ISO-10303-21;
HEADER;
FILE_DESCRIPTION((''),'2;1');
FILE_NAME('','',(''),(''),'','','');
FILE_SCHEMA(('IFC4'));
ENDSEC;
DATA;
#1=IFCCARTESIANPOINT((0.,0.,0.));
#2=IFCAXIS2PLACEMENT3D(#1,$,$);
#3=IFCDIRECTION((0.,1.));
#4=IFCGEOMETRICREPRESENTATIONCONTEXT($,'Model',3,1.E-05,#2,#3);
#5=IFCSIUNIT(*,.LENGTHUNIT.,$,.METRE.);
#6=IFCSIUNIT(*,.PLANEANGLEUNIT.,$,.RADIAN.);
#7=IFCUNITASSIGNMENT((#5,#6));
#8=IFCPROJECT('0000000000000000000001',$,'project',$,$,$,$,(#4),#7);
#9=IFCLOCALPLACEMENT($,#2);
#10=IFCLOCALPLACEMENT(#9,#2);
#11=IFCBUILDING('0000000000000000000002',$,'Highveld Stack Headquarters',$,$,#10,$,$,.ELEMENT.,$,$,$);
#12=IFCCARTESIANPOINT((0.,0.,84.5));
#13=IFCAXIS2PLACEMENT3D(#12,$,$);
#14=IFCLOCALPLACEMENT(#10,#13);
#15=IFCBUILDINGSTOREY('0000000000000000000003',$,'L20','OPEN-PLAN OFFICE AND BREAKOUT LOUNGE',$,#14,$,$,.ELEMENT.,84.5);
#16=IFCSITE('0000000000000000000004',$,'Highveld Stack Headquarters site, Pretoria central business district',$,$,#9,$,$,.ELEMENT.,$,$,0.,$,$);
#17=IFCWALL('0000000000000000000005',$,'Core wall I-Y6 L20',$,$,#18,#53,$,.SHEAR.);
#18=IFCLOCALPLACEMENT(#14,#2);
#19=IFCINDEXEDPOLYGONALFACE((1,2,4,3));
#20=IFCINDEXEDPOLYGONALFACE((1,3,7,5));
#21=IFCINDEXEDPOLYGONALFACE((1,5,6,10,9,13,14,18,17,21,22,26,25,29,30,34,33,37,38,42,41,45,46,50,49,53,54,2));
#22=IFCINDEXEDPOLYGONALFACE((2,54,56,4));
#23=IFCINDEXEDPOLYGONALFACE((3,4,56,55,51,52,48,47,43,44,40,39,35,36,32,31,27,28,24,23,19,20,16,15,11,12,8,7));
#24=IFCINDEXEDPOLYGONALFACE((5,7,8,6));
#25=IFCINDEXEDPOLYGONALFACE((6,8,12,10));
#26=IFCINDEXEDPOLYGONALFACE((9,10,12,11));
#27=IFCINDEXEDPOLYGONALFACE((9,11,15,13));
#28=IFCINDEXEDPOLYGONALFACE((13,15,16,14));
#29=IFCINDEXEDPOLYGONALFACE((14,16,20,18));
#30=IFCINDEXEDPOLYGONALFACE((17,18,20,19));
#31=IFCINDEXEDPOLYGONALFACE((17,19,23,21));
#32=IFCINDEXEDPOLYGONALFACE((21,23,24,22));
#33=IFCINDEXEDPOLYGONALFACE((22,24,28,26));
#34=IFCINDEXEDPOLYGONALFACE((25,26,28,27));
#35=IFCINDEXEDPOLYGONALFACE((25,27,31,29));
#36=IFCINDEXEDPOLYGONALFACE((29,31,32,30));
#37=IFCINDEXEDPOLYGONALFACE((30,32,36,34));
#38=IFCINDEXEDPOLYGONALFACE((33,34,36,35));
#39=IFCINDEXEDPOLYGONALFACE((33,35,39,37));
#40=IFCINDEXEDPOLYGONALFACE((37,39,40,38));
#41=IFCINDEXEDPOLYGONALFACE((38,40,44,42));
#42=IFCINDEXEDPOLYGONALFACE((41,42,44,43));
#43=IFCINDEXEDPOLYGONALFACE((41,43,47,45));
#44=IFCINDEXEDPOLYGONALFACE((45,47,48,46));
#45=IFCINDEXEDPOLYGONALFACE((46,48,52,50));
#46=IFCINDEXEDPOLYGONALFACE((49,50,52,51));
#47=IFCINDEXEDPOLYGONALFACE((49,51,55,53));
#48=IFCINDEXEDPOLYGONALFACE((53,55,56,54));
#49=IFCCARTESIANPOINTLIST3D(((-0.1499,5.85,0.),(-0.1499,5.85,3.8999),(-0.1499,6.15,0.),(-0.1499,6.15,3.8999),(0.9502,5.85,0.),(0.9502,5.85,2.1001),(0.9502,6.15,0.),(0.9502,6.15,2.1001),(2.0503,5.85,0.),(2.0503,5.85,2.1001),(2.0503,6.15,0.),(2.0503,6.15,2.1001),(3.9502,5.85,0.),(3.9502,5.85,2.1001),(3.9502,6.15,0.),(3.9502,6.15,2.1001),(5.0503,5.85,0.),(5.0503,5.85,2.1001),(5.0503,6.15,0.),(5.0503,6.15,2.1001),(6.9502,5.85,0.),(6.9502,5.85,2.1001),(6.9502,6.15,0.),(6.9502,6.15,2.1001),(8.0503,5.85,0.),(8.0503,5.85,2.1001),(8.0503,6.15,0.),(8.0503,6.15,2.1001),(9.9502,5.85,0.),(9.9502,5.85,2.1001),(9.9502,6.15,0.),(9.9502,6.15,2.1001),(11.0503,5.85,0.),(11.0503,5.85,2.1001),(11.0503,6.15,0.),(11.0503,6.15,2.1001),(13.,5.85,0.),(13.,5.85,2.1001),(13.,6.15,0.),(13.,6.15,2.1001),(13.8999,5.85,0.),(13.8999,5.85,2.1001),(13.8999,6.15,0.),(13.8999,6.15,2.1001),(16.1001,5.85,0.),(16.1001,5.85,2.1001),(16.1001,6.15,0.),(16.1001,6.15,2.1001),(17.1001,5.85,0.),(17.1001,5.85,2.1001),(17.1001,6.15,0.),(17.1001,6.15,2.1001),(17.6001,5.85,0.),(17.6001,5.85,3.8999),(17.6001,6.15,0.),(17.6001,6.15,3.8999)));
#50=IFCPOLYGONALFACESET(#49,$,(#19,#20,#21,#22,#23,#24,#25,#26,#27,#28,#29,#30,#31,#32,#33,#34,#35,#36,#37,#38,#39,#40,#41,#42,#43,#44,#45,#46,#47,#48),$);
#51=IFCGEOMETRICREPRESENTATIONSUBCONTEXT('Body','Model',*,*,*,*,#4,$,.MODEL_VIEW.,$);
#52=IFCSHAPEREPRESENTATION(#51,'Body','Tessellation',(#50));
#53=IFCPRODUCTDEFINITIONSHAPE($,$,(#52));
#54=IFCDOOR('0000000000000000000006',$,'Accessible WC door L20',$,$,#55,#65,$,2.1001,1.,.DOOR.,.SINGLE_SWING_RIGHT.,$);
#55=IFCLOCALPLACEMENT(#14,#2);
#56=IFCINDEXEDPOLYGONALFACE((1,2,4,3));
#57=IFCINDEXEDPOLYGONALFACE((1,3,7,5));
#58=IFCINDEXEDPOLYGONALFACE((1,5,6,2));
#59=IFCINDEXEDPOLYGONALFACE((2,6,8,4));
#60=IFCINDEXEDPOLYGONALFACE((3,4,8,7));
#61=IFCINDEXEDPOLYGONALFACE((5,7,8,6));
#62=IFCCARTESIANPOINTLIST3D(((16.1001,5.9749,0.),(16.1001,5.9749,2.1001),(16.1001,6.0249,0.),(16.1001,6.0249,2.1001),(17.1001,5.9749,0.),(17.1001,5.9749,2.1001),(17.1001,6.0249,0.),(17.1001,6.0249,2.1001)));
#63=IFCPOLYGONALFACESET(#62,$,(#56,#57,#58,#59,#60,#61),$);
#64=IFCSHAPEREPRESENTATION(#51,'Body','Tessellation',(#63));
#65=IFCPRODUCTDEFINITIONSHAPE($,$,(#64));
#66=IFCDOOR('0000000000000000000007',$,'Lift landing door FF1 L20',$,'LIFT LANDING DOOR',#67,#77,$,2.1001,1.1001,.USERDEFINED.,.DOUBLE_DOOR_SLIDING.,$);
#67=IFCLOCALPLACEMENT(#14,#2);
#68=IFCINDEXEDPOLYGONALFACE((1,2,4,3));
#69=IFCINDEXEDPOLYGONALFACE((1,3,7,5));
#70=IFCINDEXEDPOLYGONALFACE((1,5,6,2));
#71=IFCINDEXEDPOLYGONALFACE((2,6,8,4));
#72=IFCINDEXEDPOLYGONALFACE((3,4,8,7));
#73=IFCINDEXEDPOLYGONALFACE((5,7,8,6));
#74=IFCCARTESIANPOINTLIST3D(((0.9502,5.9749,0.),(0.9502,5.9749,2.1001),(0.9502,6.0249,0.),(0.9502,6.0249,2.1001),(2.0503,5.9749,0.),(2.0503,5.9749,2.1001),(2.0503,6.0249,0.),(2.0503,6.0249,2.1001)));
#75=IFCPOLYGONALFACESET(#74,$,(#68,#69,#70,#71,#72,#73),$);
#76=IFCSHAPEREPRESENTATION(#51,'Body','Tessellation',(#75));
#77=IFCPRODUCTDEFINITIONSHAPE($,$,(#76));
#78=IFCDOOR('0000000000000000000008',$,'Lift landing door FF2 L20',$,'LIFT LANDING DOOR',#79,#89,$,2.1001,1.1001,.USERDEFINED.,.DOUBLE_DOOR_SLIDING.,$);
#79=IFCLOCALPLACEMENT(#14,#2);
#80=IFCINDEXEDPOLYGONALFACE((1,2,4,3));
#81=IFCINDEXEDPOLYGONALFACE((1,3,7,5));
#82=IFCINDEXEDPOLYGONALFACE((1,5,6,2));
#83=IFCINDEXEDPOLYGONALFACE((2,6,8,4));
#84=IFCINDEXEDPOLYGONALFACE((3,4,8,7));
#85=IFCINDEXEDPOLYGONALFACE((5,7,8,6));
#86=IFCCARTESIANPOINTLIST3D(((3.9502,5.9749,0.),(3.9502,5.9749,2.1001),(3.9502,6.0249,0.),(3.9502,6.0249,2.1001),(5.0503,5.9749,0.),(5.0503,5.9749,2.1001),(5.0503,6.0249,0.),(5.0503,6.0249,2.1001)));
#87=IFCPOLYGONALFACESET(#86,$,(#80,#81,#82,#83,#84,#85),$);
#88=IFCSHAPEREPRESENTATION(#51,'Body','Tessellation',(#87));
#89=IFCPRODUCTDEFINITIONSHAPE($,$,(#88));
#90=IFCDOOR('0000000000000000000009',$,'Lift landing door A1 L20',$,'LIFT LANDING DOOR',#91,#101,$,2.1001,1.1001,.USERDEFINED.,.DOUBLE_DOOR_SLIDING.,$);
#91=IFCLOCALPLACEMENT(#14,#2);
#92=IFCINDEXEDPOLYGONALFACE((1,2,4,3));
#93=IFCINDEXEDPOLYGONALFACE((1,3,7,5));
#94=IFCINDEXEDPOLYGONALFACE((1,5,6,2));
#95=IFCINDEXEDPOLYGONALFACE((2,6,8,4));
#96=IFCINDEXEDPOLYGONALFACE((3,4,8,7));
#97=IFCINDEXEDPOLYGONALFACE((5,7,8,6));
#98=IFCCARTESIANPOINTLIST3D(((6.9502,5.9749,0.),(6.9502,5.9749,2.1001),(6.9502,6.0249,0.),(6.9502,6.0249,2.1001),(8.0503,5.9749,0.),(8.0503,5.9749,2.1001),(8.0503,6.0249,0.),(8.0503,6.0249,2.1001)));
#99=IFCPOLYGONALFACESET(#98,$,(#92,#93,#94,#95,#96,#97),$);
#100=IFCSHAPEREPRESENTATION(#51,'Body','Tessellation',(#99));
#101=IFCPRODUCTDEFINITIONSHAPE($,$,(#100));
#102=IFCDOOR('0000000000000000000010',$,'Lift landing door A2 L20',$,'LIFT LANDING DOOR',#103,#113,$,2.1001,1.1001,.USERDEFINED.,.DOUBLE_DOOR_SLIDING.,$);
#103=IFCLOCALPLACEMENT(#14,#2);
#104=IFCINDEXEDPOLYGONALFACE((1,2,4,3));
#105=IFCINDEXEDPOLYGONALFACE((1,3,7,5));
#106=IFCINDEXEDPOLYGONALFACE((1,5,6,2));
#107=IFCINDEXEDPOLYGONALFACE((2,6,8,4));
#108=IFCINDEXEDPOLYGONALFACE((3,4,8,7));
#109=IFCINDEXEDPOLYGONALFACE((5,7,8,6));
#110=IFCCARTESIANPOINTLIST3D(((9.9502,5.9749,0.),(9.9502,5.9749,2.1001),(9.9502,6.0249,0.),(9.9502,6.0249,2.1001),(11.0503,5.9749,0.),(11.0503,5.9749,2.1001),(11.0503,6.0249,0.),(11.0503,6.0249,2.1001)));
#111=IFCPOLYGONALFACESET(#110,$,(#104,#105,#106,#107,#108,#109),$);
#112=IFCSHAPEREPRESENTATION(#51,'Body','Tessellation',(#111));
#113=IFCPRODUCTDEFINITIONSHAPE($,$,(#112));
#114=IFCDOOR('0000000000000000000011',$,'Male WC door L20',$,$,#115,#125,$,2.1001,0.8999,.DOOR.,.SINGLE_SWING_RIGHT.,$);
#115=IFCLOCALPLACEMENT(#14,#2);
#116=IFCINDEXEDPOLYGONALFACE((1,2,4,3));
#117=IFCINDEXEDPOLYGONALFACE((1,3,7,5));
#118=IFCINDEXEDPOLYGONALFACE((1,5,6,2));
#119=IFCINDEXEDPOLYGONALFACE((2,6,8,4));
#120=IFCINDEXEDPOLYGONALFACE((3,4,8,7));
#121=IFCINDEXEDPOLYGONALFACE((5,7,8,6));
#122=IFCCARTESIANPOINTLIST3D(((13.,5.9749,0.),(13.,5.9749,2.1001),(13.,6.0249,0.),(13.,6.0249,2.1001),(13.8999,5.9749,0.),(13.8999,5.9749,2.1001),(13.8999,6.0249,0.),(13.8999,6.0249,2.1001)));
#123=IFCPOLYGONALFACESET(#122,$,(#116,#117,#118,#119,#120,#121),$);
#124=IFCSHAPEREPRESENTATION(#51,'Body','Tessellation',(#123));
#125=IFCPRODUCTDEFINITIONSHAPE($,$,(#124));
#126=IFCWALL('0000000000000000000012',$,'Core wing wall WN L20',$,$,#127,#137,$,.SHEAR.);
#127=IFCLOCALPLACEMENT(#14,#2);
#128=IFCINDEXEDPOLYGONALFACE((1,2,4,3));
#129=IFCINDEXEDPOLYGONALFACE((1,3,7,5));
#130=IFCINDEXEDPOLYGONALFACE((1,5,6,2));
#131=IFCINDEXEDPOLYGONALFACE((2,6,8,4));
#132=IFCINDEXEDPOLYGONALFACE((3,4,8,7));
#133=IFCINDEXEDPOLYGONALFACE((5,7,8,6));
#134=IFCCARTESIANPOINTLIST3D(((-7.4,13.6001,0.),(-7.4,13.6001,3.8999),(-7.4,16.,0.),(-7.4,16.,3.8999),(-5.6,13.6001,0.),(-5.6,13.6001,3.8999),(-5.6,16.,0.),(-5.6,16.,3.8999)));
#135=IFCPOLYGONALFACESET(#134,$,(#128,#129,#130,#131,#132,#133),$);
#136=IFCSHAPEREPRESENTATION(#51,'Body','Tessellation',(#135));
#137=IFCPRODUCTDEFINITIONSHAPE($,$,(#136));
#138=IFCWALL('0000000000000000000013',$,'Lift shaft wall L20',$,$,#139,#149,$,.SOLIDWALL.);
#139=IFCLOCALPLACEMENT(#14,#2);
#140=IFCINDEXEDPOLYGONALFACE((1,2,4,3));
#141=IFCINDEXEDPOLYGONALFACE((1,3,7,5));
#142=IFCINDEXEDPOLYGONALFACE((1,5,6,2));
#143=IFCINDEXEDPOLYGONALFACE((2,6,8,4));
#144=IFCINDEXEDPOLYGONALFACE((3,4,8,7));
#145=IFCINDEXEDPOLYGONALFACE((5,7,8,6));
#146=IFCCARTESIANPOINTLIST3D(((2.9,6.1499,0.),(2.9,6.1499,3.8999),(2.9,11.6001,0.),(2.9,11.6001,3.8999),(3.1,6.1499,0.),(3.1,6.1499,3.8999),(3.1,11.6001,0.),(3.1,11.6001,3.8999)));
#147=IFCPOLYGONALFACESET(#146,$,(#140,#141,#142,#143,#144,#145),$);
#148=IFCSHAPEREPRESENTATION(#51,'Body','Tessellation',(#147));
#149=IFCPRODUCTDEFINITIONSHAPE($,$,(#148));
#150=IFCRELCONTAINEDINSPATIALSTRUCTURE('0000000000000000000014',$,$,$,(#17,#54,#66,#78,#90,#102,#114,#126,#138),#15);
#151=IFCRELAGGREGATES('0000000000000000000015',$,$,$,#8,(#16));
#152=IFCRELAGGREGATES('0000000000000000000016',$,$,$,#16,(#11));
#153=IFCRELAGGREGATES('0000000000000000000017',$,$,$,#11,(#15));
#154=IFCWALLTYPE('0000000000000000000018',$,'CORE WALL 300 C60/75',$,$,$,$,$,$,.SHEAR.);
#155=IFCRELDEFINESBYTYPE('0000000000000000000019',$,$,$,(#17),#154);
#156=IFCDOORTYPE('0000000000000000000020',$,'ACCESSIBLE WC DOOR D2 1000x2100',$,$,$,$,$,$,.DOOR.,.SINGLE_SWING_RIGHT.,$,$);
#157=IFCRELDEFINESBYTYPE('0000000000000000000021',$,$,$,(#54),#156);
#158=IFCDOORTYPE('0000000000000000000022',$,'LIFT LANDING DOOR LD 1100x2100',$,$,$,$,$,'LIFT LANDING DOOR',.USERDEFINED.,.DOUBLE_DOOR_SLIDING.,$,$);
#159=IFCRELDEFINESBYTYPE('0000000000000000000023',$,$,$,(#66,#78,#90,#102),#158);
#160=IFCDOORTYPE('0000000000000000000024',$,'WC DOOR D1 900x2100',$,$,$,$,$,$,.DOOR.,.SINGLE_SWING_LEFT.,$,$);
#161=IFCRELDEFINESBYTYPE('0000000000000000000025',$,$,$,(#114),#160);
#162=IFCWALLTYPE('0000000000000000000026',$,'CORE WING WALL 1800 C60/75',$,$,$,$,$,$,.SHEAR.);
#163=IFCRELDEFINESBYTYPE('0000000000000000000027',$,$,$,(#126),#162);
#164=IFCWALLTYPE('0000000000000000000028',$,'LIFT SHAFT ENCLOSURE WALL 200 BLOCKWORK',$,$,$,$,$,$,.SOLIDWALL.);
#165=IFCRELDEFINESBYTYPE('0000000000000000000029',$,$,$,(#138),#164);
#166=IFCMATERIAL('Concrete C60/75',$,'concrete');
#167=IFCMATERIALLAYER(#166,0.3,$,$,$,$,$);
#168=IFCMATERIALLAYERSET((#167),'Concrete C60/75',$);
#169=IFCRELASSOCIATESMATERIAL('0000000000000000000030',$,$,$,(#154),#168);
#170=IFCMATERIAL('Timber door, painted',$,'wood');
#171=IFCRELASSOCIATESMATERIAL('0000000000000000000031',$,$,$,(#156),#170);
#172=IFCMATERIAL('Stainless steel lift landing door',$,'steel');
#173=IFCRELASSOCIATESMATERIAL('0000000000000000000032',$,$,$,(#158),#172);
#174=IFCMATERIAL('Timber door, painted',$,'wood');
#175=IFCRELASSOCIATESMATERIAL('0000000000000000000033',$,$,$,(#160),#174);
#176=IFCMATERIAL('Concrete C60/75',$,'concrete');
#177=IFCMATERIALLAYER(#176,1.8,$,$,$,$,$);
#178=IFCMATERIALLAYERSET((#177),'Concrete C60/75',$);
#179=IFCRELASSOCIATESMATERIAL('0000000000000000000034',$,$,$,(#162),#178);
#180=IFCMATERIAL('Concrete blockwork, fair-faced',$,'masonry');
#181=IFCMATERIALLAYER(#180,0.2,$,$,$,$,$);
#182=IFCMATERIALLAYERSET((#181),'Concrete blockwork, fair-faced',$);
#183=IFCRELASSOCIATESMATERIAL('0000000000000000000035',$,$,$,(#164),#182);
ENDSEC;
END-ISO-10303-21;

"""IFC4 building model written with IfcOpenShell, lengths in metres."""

from ifc_helpers import new_model, si_unit, direction, frame, frame_2d, origin, place, context, subcontext, project, spatial, rectangle, extrude, material, layer, layer_set, type_object, element, fill, save


model = new_model("IFC4")

# Units and contexts
model_context = context("Model", 3, precision=1e-05, world=origin(), true_north=direction((0.0, 1.0)))
body_context = subcontext(model_context, "Body", "Model", "MODEL_VIEW")
ifc_project = project(units=[si_unit("LENGTHUNIT", "METRE"), si_unit("PLANEANGLEUNIT", "RADIAN")], contexts=[model_context])

# Site, building, storey
site_placement = place(None, origin())
site = spatial("IfcSite", under=ifc_project, at=site_placement, Name="Highveld Stack Headquarters site, Pretoria central business district", CompositionType="ELEMENT", RefElevation=0.0)
building_placement = place(site_placement, origin())
building = spatial("IfcBuilding", under=site, at=building_placement, Name="Highveld Stack Headquarters", CompositionType="ELEMENT")
storey_placement = place(building_placement, frame((0.0, 0.0, 84.5)))
storey = spatial("IfcBuildingStorey", under=building, at=storey_placement, Name="L20", Description="OPEN-PLAN OFFICE AND BREAKOUT LOUNGE", CompositionType="ELEMENT", Elevation=84.5)

# Wall, openings, doors
ifc_material_1 = material(Name="Concrete C60/75", Category="concrete")
ifc_layer_1 = layer(ifc_material_1, 0.3)
ifc_layer_set_1 = layer_set([ifc_layer_1], Name="Concrete C60/75")
wall_type_1 = type_object("IfcWallType", Name="CORE WALL 300 C60/75", PredefinedType="SHEAR", material=ifc_layer_set_1)
wall_1_placement = place(storey_placement, frame((-0.1499, 6.0, 0.0), z_axis=(0.0, 0.0, 1.0), x_axis=(1.0, 0.0, 0.0)))
wall_1 = element("IfcWall", 1, at=wall_1_placement, inside=storey, type_object=wall_type_1, Name="Core wall I-Y6 L20", PredefinedType="SHEAR", context=body_context, shape_type="SweptSolid", body=[
    extrude(rectangle(XDim=17.75, YDim=0.3, at=frame_2d((8.875, 0.0))), origin(), (0.0, 0.0, 1.0), 3.8999),
])
opening_1_placement = place(wall_1_placement, frame((13.1499, 0.0, 0.0)))
opening_1 = element("IfcOpeningElement", 2, at=opening_1_placement, cuts=wall_1, PredefinedType="OPENING", context=body_context, shape_type="SweptSolid", body=[
    extrude(rectangle(XDim=0.8999, YDim=2.1001, at=frame_2d((0.45, 1.05))), frame((0.0, 0.1599, 0.0), z_axis=(0.0, -1.0, 0.0), x_axis=(1.0, 0.0, 0.0)), (0.0, 0.0, 1.0), 0.3201),
])
opening_2_placement = place(wall_1_placement, frame((16.25, 0.0, 0.0)))
opening_2 = element("IfcOpeningElement", 3, at=opening_2_placement, cuts=wall_1, PredefinedType="OPENING", context=body_context, shape_type="SweptSolid", body=[
    extrude(rectangle(XDim=1.0, YDim=2.1001, at=frame_2d((0.5, 1.05))), frame((0.0, 0.1599, 0.0), z_axis=(0.0, -1.0, 0.0), x_axis=(1.0, 0.0, 0.0)), (0.0, 0.0, 1.0), 0.3201),
])
opening_3_placement = place(wall_1_placement, frame((1.1001, 0.0, 0.0)))
opening_3 = element("IfcOpeningElement", 4, at=opening_3_placement, cuts=wall_1, PredefinedType="OPENING", context=body_context, shape_type="SweptSolid", body=[
    extrude(rectangle(XDim=1.1001, YDim=2.1001, at=frame_2d((0.55, 1.05))), frame((0.0, 0.1599, 0.0), z_axis=(0.0, -1.0, 0.0), x_axis=(1.0, 0.0, 0.0)), (0.0, 0.0, 1.0), 0.3201),
])
opening_4_placement = place(wall_1_placement, frame((4.1001, 0.0, 0.0)))
opening_4 = element("IfcOpeningElement", 5, at=opening_4_placement, cuts=wall_1, PredefinedType="OPENING", context=body_context, shape_type="SweptSolid", body=[
    extrude(rectangle(XDim=1.1001, YDim=2.1001, at=frame_2d((0.55, 1.05))), frame((0.0, 0.1599, 0.0), z_axis=(0.0, -1.0, 0.0), x_axis=(1.0, 0.0, 0.0)), (0.0, 0.0, 1.0), 0.3201),
])
opening_5_placement = place(wall_1_placement, frame((7.1001, 0.0, 0.0)))
opening_5 = element("IfcOpeningElement", 6, at=opening_5_placement, cuts=wall_1, PredefinedType="OPENING", context=body_context, shape_type="SweptSolid", body=[
    extrude(rectangle(XDim=1.1001, YDim=2.1001, at=frame_2d((0.55, 1.05))), frame((0.0, 0.1599, 0.0), z_axis=(0.0, -1.0, 0.0), x_axis=(1.0, 0.0, 0.0)), (0.0, 0.0, 1.0), 0.3201),
])
opening_6_placement = place(wall_1_placement, frame((10.1001, 0.0, 0.0)))
opening_6 = element("IfcOpeningElement", 7, at=opening_6_placement, cuts=wall_1, PredefinedType="OPENING", context=body_context, shape_type="SweptSolid", body=[
    extrude(rectangle(XDim=1.1001, YDim=2.1001, at=frame_2d((0.55, 1.05))), frame((0.0, 0.1599, 0.0), z_axis=(0.0, -1.0, 0.0), x_axis=(1.0, 0.0, 0.0)), (0.0, 0.0, 1.0), 0.3201),
])
ifc_material_2 = material(Name="Timber door, painted", Category="wood")
door_type_1 = type_object("IfcDoorType", Name="ACCESSIBLE WC DOOR D2 1000x2100", OperationType="SINGLE_SWING_RIGHT", PredefinedType="DOOR", material=ifc_material_2)
door_1_placement = place(opening_2_placement, origin())
door_1 = element("IfcDoor", 8, at=door_1_placement, inside=storey, type_object=door_type_1, Name="Accessible WC door L20", OperationType="SINGLE_SWING_RIGHT", OverallHeight=2.1001, OverallWidth=1.0, PredefinedType="DOOR", context=body_context, shape_type="SweptSolid", body=[
    extrude(rectangle(XDim=1.0, YDim=2.1001, at=frame_2d((0.5, 1.05))), frame((0.0, 0.0249, 0.0), z_axis=(0.0, -1.0, 0.0), x_axis=(1.0, 0.0, 0.0)), (0.0, 0.0, 1.0), 0.05),
])
fill(opening_2, door_1)
ifc_material_3 = material(Name="Stainless steel lift landing door", Category="steel")
door_type_2 = type_object("IfcDoorType", Name="LIFT LANDING DOOR LD 1100x2100", ElementType="LIFT LANDING DOOR", OperationType="DOUBLE_DOOR_SLIDING", PredefinedType="USERDEFINED", material=ifc_material_3)
door_2_placement = place(opening_3_placement, origin())
door_2 = element("IfcDoor", 9, at=door_2_placement, inside=storey, type_object=door_type_2, Name="Lift landing door FF1 L20", ObjectType="LIFT LANDING DOOR", OperationType="DOUBLE_DOOR_SLIDING", OverallHeight=2.1001, OverallWidth=1.1001, PredefinedType="USERDEFINED", context=body_context, shape_type="SweptSolid", body=[
    extrude(rectangle(XDim=1.1001, YDim=2.1001, at=frame_2d((0.55, 1.05))), frame((0.0, 0.0249, 0.0), z_axis=(0.0, -1.0, 0.0), x_axis=(1.0, 0.0, 0.0)), (0.0, 0.0, 1.0), 0.05),
])
fill(opening_3, door_2)
door_3_placement = place(opening_4_placement, origin())
door_3 = element("IfcDoor", 10, at=door_3_placement, inside=storey, type_object=door_type_2, Name="Lift landing door FF2 L20", ObjectType="LIFT LANDING DOOR", OperationType="DOUBLE_DOOR_SLIDING", OverallHeight=2.1001, OverallWidth=1.1001, PredefinedType="USERDEFINED", context=body_context, shape_type="SweptSolid", body=[
    extrude(rectangle(XDim=1.1001, YDim=2.1001, at=frame_2d((0.55, 1.05))), frame((0.0, 0.0249, 0.0), z_axis=(0.0, -1.0, 0.0), x_axis=(1.0, 0.0, 0.0)), (0.0, 0.0, 1.0), 0.05),
])
fill(opening_4, door_3)
door_4_placement = place(opening_5_placement, origin())
door_4 = element("IfcDoor", 11, at=door_4_placement, inside=storey, type_object=door_type_2, Name="Lift landing door A1 L20", ObjectType="LIFT LANDING DOOR", OperationType="DOUBLE_DOOR_SLIDING", OverallHeight=2.1001, OverallWidth=1.1001, PredefinedType="USERDEFINED", context=body_context, shape_type="SweptSolid", body=[
    extrude(rectangle(XDim=1.1001, YDim=2.1001, at=frame_2d((0.55, 1.05))), frame((0.0, 0.0249, 0.0), z_axis=(0.0, -1.0, 0.0), x_axis=(1.0, 0.0, 0.0)), (0.0, 0.0, 1.0), 0.05),
])
fill(opening_5, door_4)
door_5_placement = place(opening_6_placement, origin())
door_5 = element("IfcDoor", 12, at=door_5_placement, inside=storey, type_object=door_type_2, Name="Lift landing door A2 L20", ObjectType="LIFT LANDING DOOR", OperationType="DOUBLE_DOOR_SLIDING", OverallHeight=2.1001, OverallWidth=1.1001, PredefinedType="USERDEFINED", context=body_context, shape_type="SweptSolid", body=[
    extrude(rectangle(XDim=1.1001, YDim=2.1001, at=frame_2d((0.55, 1.05))), frame((0.0, 0.0249, 0.0), z_axis=(0.0, -1.0, 0.0), x_axis=(1.0, 0.0, 0.0)), (0.0, 0.0, 1.0), 0.05),
])
fill(opening_6, door_5)
ifc_material_4 = material(Name="Timber door, painted", Category="wood")
door_type_3 = type_object("IfcDoorType", Name="WC DOOR D1 900x2100", OperationType="SINGLE_SWING_LEFT", PredefinedType="DOOR", material=ifc_material_4)
door_6_placement = place(opening_1_placement, origin())
door_6 = element("IfcDoor", 13, at=door_6_placement, inside=storey, type_object=door_type_3, Name="Male WC door L20", OperationType="SINGLE_SWING_RIGHT", OverallHeight=2.1001, OverallWidth=0.8999, PredefinedType="DOOR", context=body_context, shape_type="SweptSolid", body=[
    extrude(rectangle(XDim=0.8999, YDim=2.1001, at=frame_2d((0.45, 1.05))), frame((0.0, 0.0249, 0.0), z_axis=(0.0, -1.0, 0.0), x_axis=(1.0, 0.0, 0.0)), (0.0, 0.0, 1.0), 0.05),
])
fill(opening_1, door_6)

# Walls
ifc_material_5 = material(Name="Concrete C60/75", Category="concrete")
ifc_layer_2 = layer(ifc_material_5, 1.8)
ifc_layer_set_2 = layer_set([ifc_layer_2], Name="Concrete C60/75")
wall_type_2 = type_object("IfcWallType", Name="CORE WING WALL 1800 C60/75", PredefinedType="SHEAR", material=ifc_layer_set_2)
wall_2_placement = place(storey_placement, frame((-6.5, 13.6001, 0.0), z_axis=(0.0, 0.0, 1.0), x_axis=(0.0, 1.0, 0.0)))
element("IfcWall", 14, at=wall_2_placement, inside=storey, type_object=wall_type_2, Name="Core wing wall WN L20", PredefinedType="SHEAR", context=body_context, shape_type="SweptSolid", body=[
    extrude(rectangle(XDim=2.3999, YDim=1.8, at=frame_2d((1.2, 0.0))), origin(), (0.0, 0.0, 1.0), 3.8999),
])
ifc_material_6 = material(Name="Concrete blockwork, fair-faced", Category="masonry")
ifc_layer_3 = layer(ifc_material_6, 0.2)
ifc_layer_set_3 = layer_set([ifc_layer_3], Name="Concrete blockwork, fair-faced")
wall_type_3 = type_object("IfcWallType", Name="LIFT SHAFT ENCLOSURE WALL 200 BLOCKWORK", PredefinedType="SOLIDWALL", material=ifc_layer_set_3)
wall_3_placement = place(storey_placement, frame((3.0, 6.1499, 0.0), z_axis=(0.0, 0.0, 1.0), x_axis=(0.0, 1.0, 0.0)))
element("IfcWall", 15, at=wall_3_placement, inside=storey, type_object=wall_type_3, Name="Lift shaft wall L20", PredefinedType="SOLIDWALL", context=body_context, shape_type="SweptSolid", body=[
    extrude(rectangle(XDim=5.4502, YDim=0.2, at=frame_2d((2.7251, 0.0))), origin(), (0.0, 0.0, 1.0), 3.8999),
])

save(model, "model.ifc")
